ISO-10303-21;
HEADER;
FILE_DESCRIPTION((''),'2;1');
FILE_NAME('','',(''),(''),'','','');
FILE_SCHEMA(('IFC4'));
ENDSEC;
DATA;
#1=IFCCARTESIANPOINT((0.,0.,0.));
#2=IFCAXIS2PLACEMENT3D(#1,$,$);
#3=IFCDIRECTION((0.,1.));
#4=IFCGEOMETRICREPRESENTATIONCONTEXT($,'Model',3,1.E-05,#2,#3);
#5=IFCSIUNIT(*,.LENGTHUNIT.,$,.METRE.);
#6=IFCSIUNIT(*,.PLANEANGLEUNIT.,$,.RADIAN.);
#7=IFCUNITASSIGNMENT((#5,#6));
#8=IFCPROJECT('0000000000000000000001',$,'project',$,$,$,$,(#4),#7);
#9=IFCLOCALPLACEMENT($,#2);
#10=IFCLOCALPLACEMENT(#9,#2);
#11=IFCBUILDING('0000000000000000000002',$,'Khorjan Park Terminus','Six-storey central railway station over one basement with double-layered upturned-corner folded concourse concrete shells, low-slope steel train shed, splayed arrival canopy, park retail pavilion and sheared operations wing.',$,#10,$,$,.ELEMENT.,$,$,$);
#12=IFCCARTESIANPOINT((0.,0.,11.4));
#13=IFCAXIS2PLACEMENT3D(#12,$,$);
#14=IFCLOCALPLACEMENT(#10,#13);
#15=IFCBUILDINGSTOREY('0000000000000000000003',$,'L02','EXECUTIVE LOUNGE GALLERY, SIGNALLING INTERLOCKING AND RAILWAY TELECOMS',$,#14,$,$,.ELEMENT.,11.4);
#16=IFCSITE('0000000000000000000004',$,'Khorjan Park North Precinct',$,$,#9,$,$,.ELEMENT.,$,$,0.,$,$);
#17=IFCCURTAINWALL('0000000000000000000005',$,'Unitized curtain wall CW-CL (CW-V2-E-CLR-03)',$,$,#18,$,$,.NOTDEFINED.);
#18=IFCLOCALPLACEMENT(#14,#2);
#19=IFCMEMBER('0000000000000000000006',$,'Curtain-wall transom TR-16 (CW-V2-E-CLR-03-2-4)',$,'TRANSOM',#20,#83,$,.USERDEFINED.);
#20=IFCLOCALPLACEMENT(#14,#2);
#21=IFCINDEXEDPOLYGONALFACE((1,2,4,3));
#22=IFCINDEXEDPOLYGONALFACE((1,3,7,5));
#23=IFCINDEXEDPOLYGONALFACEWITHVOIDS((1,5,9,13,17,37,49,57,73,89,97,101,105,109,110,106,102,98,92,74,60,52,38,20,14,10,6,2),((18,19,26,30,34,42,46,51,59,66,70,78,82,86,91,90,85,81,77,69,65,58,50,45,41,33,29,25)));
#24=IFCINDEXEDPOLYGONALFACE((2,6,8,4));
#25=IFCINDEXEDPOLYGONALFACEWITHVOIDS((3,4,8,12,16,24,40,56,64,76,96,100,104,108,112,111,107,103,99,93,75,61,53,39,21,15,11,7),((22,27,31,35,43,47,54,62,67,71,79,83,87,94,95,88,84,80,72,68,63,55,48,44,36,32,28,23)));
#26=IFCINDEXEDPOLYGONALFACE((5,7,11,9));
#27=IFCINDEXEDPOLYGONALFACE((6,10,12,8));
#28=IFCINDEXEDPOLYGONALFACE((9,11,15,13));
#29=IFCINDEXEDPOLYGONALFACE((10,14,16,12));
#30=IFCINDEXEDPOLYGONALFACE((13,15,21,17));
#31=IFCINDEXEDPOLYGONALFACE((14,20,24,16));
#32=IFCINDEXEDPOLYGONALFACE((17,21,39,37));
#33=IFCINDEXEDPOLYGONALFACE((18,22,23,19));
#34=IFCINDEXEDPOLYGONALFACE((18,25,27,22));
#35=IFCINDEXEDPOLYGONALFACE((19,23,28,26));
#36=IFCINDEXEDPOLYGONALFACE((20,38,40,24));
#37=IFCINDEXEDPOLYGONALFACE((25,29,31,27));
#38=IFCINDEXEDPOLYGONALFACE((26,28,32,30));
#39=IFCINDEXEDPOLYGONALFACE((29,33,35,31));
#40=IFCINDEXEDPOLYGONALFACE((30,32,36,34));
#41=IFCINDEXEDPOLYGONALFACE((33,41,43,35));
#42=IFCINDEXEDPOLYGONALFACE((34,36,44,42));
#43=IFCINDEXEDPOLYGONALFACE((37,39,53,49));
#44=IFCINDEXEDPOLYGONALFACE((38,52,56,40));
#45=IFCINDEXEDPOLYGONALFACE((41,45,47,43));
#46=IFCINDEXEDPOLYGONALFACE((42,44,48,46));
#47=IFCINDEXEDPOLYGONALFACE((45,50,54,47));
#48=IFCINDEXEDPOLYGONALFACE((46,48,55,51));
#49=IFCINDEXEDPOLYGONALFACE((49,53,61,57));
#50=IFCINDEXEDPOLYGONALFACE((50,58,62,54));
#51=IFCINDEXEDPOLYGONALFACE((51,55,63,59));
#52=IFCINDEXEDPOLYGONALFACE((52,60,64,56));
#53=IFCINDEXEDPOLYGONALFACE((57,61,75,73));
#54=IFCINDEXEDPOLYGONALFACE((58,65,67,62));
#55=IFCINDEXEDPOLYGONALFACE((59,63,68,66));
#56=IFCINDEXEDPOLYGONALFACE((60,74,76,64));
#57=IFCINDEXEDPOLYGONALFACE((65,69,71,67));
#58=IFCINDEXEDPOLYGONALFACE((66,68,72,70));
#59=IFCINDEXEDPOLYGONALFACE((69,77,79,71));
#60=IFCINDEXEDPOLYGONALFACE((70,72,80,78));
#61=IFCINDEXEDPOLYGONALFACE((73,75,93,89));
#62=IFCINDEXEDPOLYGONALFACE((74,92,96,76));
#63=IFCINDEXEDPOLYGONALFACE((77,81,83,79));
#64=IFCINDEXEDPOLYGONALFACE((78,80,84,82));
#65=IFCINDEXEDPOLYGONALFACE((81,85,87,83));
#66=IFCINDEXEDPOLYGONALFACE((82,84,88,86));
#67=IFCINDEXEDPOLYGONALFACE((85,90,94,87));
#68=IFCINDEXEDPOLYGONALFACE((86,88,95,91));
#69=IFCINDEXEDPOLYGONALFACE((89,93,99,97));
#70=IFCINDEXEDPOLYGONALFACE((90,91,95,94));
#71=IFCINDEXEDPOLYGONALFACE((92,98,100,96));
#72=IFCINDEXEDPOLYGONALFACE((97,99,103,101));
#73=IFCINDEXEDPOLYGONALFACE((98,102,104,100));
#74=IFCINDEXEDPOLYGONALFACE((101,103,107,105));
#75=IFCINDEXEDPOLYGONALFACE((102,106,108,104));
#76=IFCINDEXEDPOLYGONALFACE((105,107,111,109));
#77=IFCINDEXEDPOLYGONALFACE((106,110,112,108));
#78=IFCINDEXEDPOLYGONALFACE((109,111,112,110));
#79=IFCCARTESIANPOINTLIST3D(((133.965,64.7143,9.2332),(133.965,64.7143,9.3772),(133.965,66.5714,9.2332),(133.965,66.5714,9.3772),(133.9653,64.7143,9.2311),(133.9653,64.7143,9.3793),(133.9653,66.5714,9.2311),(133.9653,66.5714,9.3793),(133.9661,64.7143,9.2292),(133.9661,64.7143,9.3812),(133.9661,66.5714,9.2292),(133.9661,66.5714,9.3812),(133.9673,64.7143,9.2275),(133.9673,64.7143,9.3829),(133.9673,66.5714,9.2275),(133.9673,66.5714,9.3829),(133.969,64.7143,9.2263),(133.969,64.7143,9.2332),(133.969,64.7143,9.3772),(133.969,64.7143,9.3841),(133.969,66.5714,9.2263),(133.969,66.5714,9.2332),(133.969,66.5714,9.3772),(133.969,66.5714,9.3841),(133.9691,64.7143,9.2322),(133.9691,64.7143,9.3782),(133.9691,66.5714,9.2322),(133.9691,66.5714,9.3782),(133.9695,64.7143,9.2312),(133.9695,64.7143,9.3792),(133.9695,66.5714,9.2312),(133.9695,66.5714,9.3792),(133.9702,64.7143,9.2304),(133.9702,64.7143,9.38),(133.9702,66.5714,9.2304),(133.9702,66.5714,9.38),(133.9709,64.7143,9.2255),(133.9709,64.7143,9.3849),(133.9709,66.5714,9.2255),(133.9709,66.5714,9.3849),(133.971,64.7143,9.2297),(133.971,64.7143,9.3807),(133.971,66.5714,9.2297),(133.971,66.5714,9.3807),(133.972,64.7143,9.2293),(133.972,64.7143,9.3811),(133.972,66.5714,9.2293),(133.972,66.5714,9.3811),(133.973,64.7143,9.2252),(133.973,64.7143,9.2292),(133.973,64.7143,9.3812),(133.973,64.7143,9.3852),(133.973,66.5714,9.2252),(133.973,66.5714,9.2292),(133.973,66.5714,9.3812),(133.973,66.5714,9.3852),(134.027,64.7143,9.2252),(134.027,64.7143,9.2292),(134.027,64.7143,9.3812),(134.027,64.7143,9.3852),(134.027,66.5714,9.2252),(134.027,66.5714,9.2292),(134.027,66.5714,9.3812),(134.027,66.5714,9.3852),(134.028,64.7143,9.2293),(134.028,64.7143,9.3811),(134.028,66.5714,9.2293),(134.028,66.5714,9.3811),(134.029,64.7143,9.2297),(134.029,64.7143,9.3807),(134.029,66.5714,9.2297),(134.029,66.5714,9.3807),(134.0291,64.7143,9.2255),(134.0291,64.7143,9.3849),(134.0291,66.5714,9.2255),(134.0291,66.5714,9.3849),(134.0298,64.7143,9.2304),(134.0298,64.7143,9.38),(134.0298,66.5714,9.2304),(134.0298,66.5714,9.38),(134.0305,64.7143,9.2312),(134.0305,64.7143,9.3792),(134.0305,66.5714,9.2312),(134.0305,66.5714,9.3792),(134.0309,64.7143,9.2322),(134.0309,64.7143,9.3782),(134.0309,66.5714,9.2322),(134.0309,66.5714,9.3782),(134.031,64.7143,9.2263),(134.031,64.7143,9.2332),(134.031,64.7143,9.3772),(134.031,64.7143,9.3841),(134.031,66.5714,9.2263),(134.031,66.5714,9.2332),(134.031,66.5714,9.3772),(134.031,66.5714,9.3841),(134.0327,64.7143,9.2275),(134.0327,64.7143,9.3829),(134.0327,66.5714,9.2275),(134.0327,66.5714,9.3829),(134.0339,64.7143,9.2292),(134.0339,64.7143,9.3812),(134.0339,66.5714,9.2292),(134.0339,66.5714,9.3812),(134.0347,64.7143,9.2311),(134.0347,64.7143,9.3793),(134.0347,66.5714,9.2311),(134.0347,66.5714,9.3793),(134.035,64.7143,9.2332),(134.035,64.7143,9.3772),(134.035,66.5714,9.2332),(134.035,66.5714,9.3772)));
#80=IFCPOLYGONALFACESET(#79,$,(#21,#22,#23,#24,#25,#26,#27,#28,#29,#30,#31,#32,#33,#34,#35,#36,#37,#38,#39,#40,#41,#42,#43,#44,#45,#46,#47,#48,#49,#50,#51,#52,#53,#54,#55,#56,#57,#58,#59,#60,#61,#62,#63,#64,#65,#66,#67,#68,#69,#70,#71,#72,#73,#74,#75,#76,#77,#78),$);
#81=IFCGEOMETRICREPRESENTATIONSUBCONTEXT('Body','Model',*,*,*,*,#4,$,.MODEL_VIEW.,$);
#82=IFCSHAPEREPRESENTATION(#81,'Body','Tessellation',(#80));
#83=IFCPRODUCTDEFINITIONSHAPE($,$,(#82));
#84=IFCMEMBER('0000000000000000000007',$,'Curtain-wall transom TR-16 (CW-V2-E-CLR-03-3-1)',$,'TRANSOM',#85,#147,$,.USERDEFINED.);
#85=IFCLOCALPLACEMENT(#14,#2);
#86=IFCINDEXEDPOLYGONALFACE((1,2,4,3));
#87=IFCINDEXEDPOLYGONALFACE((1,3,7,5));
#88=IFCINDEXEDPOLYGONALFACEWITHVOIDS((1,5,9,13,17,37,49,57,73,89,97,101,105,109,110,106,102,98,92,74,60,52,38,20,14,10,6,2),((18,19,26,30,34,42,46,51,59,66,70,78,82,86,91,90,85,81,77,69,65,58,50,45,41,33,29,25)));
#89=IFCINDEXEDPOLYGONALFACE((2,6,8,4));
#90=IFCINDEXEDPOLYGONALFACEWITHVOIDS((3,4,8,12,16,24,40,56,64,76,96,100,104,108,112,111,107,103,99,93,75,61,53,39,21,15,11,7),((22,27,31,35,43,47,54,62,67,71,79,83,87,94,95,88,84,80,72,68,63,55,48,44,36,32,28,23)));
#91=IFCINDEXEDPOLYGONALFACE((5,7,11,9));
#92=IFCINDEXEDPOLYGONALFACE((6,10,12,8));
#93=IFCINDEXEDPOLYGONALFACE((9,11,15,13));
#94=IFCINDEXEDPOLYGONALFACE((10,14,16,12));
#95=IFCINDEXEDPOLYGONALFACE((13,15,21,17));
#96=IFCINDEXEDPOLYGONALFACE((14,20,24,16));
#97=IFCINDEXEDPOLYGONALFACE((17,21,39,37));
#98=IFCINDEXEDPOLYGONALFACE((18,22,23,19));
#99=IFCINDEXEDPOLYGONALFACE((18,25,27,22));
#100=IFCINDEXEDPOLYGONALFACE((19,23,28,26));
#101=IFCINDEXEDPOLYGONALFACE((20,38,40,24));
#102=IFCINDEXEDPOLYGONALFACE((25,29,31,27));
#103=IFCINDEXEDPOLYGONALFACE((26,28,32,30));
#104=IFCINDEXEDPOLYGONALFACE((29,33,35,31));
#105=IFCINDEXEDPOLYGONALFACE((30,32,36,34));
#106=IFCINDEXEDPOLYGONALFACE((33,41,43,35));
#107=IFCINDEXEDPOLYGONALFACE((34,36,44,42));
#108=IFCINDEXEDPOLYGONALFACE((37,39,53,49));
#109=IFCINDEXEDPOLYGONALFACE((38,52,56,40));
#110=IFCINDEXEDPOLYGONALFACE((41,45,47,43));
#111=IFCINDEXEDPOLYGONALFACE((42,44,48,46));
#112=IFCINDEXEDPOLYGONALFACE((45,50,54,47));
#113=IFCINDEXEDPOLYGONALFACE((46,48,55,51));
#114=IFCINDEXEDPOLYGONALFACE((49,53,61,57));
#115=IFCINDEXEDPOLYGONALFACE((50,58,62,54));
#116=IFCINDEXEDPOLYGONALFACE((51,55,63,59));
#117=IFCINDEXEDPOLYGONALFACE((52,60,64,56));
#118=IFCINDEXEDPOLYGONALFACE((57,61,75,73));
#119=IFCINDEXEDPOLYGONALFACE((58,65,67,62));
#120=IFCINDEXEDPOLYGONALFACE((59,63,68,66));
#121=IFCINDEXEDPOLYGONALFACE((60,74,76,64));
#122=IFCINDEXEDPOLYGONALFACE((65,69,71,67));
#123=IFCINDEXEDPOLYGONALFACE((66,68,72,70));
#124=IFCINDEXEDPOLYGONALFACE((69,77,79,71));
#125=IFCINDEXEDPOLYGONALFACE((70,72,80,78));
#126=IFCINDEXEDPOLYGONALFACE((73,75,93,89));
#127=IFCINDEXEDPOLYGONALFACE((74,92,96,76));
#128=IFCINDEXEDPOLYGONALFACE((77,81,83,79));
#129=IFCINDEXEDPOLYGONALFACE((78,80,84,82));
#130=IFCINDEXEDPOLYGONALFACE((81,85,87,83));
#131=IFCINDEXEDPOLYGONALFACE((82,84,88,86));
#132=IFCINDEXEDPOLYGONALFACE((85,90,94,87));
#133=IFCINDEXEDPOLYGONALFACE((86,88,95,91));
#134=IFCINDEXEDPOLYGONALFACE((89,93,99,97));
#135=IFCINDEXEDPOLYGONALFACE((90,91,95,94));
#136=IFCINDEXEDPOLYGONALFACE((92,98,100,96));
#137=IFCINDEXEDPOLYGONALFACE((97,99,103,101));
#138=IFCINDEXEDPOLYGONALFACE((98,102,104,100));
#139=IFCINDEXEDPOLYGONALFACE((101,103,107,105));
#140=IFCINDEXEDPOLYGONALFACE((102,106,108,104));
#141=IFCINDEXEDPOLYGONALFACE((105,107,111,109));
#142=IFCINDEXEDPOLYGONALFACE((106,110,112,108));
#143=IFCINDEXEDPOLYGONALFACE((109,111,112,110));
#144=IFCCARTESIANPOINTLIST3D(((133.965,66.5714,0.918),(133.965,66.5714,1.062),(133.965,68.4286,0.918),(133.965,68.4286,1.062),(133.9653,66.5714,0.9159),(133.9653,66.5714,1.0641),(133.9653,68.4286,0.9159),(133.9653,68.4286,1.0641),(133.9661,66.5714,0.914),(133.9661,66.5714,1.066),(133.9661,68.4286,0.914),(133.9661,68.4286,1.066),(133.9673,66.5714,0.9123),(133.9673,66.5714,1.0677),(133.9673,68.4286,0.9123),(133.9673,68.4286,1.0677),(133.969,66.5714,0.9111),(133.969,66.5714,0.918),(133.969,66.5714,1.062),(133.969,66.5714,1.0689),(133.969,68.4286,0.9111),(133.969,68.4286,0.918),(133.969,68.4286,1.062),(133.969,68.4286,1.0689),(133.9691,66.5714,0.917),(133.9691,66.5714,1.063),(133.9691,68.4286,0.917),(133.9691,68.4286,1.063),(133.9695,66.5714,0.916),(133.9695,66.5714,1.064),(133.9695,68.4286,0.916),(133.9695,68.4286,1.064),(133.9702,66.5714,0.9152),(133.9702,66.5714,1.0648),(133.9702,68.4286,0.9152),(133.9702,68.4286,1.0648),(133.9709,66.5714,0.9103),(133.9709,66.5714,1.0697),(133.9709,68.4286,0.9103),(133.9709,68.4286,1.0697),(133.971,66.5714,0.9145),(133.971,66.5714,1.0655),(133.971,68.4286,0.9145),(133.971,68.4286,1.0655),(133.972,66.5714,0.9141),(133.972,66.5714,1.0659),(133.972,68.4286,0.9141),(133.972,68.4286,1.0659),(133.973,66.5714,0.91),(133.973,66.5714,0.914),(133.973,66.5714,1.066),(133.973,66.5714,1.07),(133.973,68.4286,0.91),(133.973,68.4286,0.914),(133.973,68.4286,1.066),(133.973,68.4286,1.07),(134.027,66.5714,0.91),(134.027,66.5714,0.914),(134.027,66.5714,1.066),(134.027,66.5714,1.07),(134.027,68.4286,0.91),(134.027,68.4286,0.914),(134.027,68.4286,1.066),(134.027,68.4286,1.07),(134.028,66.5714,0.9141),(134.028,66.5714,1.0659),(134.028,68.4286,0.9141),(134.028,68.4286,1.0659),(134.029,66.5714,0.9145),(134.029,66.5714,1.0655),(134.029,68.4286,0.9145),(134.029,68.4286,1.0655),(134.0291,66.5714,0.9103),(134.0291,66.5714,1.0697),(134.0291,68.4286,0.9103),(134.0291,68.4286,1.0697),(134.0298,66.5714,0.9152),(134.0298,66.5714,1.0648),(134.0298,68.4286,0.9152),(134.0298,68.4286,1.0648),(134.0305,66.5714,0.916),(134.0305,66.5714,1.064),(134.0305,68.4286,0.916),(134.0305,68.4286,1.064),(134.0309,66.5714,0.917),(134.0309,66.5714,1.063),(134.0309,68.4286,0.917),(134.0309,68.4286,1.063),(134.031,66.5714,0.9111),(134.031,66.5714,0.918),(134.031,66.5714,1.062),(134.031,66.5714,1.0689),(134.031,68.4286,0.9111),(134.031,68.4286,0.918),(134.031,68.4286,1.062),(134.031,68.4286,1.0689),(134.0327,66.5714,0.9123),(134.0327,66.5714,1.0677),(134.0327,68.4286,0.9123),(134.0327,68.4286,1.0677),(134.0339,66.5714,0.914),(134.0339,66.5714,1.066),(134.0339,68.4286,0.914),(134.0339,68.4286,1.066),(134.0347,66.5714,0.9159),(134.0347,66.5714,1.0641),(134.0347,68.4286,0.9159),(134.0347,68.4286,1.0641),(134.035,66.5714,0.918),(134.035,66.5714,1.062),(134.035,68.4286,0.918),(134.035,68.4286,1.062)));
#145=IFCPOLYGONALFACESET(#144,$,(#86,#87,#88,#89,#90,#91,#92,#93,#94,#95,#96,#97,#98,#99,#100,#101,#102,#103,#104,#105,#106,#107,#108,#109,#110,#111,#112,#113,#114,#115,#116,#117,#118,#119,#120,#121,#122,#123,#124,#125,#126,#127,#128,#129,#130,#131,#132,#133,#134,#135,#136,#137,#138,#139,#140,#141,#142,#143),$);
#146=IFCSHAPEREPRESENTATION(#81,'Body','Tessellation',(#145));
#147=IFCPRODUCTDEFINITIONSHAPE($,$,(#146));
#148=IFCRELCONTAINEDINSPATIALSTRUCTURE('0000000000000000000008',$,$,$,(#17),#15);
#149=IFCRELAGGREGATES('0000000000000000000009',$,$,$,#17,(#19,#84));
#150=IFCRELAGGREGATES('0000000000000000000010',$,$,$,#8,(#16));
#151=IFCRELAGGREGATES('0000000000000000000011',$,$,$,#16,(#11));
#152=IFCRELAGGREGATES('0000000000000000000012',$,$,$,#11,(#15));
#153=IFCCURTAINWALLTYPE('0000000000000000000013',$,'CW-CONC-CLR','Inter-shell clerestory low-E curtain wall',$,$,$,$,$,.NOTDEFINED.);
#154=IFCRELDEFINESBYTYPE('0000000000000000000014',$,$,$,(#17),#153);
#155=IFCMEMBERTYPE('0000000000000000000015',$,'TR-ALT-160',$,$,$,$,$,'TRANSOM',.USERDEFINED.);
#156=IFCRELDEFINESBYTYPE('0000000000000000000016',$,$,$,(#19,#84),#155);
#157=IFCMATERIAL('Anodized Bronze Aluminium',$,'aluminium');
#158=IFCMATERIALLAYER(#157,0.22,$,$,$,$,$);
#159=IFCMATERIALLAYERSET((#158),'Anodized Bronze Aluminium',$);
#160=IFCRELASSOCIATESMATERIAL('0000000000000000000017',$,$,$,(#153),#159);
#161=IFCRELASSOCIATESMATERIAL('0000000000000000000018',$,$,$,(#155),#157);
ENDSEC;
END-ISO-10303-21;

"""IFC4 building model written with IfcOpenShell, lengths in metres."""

from ifc_helpers import new_model, si_unit, direction, frame, origin, origin_2d, place, context, subcontext, project, spatial, hollow_rectangle, extrude, material, layer, layer_set, material_profile, profile_set, type_object, element, aggregate, save


model = new_model("IFC4")

# Units and contexts
model_context = context("Model", 3, precision=1e-05, world=origin(), true_north=direction((0.0, 1.0)))
body_context = subcontext(model_context, "Body", "Model", "MODEL_VIEW")
ifc_project = project(units=[si_unit("LENGTHUNIT", "METRE"), si_unit("PLANEANGLEUNIT", "RADIAN")], contexts=[model_context])

# Site, building, storey
site_placement = place(None, origin())
site = spatial("IfcSite", under=ifc_project, at=site_placement, Name="Khorjan Park North Precinct", CompositionType="ELEMENT", RefElevation=0.0)
building_placement = place(site_placement, origin())
building = spatial("IfcBuilding", under=site, at=building_placement, Name="Khorjan Park Terminus", Description="Six-storey central railway station over one basement with double-layered upturned-corner folded concourse concrete shells, low-slope steel train shed, splayed arrival canopy, park retail pavilion and sheared operations wing.", CompositionType="ELEMENT")
storey_placement = place(building_placement, frame((0.0, 0.0, 11.4)))
storey = spatial("IfcBuildingStorey", under=building, at=storey_placement, Name="L02", Description="EXECUTIVE LOUNGE GALLERY, SIGNALLING INTERLOCKING AND RAILWAY TELECOMS", CompositionType="ELEMENT", Elevation=11.4)

# Shared definitions
ifc_material_1 = material(Name="Anodized Bronze Aluminium", Category="aluminium")
ifc_layer_1 = layer(ifc_material_1, 0.22)
ifc_layer_set_1 = layer_set([ifc_layer_1], Name="Anodized Bronze Aluminium")
curtain_wall_type = type_object("IfcCurtainWallType", Name="CW-CONC-CLR", Description="Inter-shell clerestory low-E curtain wall", PredefinedType="NOTDEFINED", material=ifc_layer_set_1)

# Curtain wall
curtain_wall_1_placement = place(storey_placement, origin())
curtain_wall_1 = element("IfcCurtainWall", 1, at=curtain_wall_1_placement, inside=storey, type_object=curtain_wall_type, Name="Unitized curtain wall CW-CL (CW-V2-E-CLR-03)", PredefinedType="NOTDEFINED")

# Members
ifc_material_profile_1 = material_profile(ifc_material_1, hollow_rectangle(XDim=0.07, YDim=0.16, WallThickness=0.004, InnerFilletRadius=0.004, OuterFilletRadius=0.008, at=origin_2d()), Name="ALT 70x160x4")
ifc_profile_set_1 = profile_set([ifc_material_profile_1], Name="Anodized Bronze Aluminium")
member_type_1 = type_object("IfcMemberType", Name="TR-ALT-160", ElementType="TRANSOM", PredefinedType="USERDEFINED", material=ifc_profile_set_1)
member_1_placement = place(storey_placement, frame((134.0, 64.7143, 9.3052), z_axis=(0.0, 1.0, 0.0), x_axis=(-1.0, 0.0, 0.0)))
member_1 = element("IfcMember", 2, at=member_1_placement, type_object=member_type_1, Name="Curtain-wall transom TR-16 (CW-V2-E-CLR-03-2-4)", ObjectType="TRANSOM", PredefinedType="USERDEFINED", context=body_context, shape_type="SweptSolid", body=[
    extrude(hollow_rectangle(XDim=0.07, YDim=0.16, WallThickness=0.004, InnerFilletRadius=0.004, OuterFilletRadius=0.008, at=origin_2d()), origin(), (0.0, 0.0, 1.0), 1.8571),
])
member_2_placement = place(storey_placement, frame((134.0, 66.5714, 0.99), z_axis=(0.0, 1.0, 0.0), x_axis=(-1.0, 0.0, 0.0)))
member_2 = element("IfcMember", 3, at=member_2_placement, type_object=member_type_1, Name="Curtain-wall transom TR-16 (CW-V2-E-CLR-03-3-1)", ObjectType="TRANSOM", PredefinedType="USERDEFINED", context=body_context, shape_type="SweptSolid", body=[
    extrude(hollow_rectangle(XDim=0.07, YDim=0.16, WallThickness=0.004, InnerFilletRadius=0.004, OuterFilletRadius=0.008, at=origin_2d()), origin(), (0.0, 0.0, 1.0), 1.8572),
])

aggregate(curtain_wall_1, [member_1, member_2])

save(model, "model.ifc")
